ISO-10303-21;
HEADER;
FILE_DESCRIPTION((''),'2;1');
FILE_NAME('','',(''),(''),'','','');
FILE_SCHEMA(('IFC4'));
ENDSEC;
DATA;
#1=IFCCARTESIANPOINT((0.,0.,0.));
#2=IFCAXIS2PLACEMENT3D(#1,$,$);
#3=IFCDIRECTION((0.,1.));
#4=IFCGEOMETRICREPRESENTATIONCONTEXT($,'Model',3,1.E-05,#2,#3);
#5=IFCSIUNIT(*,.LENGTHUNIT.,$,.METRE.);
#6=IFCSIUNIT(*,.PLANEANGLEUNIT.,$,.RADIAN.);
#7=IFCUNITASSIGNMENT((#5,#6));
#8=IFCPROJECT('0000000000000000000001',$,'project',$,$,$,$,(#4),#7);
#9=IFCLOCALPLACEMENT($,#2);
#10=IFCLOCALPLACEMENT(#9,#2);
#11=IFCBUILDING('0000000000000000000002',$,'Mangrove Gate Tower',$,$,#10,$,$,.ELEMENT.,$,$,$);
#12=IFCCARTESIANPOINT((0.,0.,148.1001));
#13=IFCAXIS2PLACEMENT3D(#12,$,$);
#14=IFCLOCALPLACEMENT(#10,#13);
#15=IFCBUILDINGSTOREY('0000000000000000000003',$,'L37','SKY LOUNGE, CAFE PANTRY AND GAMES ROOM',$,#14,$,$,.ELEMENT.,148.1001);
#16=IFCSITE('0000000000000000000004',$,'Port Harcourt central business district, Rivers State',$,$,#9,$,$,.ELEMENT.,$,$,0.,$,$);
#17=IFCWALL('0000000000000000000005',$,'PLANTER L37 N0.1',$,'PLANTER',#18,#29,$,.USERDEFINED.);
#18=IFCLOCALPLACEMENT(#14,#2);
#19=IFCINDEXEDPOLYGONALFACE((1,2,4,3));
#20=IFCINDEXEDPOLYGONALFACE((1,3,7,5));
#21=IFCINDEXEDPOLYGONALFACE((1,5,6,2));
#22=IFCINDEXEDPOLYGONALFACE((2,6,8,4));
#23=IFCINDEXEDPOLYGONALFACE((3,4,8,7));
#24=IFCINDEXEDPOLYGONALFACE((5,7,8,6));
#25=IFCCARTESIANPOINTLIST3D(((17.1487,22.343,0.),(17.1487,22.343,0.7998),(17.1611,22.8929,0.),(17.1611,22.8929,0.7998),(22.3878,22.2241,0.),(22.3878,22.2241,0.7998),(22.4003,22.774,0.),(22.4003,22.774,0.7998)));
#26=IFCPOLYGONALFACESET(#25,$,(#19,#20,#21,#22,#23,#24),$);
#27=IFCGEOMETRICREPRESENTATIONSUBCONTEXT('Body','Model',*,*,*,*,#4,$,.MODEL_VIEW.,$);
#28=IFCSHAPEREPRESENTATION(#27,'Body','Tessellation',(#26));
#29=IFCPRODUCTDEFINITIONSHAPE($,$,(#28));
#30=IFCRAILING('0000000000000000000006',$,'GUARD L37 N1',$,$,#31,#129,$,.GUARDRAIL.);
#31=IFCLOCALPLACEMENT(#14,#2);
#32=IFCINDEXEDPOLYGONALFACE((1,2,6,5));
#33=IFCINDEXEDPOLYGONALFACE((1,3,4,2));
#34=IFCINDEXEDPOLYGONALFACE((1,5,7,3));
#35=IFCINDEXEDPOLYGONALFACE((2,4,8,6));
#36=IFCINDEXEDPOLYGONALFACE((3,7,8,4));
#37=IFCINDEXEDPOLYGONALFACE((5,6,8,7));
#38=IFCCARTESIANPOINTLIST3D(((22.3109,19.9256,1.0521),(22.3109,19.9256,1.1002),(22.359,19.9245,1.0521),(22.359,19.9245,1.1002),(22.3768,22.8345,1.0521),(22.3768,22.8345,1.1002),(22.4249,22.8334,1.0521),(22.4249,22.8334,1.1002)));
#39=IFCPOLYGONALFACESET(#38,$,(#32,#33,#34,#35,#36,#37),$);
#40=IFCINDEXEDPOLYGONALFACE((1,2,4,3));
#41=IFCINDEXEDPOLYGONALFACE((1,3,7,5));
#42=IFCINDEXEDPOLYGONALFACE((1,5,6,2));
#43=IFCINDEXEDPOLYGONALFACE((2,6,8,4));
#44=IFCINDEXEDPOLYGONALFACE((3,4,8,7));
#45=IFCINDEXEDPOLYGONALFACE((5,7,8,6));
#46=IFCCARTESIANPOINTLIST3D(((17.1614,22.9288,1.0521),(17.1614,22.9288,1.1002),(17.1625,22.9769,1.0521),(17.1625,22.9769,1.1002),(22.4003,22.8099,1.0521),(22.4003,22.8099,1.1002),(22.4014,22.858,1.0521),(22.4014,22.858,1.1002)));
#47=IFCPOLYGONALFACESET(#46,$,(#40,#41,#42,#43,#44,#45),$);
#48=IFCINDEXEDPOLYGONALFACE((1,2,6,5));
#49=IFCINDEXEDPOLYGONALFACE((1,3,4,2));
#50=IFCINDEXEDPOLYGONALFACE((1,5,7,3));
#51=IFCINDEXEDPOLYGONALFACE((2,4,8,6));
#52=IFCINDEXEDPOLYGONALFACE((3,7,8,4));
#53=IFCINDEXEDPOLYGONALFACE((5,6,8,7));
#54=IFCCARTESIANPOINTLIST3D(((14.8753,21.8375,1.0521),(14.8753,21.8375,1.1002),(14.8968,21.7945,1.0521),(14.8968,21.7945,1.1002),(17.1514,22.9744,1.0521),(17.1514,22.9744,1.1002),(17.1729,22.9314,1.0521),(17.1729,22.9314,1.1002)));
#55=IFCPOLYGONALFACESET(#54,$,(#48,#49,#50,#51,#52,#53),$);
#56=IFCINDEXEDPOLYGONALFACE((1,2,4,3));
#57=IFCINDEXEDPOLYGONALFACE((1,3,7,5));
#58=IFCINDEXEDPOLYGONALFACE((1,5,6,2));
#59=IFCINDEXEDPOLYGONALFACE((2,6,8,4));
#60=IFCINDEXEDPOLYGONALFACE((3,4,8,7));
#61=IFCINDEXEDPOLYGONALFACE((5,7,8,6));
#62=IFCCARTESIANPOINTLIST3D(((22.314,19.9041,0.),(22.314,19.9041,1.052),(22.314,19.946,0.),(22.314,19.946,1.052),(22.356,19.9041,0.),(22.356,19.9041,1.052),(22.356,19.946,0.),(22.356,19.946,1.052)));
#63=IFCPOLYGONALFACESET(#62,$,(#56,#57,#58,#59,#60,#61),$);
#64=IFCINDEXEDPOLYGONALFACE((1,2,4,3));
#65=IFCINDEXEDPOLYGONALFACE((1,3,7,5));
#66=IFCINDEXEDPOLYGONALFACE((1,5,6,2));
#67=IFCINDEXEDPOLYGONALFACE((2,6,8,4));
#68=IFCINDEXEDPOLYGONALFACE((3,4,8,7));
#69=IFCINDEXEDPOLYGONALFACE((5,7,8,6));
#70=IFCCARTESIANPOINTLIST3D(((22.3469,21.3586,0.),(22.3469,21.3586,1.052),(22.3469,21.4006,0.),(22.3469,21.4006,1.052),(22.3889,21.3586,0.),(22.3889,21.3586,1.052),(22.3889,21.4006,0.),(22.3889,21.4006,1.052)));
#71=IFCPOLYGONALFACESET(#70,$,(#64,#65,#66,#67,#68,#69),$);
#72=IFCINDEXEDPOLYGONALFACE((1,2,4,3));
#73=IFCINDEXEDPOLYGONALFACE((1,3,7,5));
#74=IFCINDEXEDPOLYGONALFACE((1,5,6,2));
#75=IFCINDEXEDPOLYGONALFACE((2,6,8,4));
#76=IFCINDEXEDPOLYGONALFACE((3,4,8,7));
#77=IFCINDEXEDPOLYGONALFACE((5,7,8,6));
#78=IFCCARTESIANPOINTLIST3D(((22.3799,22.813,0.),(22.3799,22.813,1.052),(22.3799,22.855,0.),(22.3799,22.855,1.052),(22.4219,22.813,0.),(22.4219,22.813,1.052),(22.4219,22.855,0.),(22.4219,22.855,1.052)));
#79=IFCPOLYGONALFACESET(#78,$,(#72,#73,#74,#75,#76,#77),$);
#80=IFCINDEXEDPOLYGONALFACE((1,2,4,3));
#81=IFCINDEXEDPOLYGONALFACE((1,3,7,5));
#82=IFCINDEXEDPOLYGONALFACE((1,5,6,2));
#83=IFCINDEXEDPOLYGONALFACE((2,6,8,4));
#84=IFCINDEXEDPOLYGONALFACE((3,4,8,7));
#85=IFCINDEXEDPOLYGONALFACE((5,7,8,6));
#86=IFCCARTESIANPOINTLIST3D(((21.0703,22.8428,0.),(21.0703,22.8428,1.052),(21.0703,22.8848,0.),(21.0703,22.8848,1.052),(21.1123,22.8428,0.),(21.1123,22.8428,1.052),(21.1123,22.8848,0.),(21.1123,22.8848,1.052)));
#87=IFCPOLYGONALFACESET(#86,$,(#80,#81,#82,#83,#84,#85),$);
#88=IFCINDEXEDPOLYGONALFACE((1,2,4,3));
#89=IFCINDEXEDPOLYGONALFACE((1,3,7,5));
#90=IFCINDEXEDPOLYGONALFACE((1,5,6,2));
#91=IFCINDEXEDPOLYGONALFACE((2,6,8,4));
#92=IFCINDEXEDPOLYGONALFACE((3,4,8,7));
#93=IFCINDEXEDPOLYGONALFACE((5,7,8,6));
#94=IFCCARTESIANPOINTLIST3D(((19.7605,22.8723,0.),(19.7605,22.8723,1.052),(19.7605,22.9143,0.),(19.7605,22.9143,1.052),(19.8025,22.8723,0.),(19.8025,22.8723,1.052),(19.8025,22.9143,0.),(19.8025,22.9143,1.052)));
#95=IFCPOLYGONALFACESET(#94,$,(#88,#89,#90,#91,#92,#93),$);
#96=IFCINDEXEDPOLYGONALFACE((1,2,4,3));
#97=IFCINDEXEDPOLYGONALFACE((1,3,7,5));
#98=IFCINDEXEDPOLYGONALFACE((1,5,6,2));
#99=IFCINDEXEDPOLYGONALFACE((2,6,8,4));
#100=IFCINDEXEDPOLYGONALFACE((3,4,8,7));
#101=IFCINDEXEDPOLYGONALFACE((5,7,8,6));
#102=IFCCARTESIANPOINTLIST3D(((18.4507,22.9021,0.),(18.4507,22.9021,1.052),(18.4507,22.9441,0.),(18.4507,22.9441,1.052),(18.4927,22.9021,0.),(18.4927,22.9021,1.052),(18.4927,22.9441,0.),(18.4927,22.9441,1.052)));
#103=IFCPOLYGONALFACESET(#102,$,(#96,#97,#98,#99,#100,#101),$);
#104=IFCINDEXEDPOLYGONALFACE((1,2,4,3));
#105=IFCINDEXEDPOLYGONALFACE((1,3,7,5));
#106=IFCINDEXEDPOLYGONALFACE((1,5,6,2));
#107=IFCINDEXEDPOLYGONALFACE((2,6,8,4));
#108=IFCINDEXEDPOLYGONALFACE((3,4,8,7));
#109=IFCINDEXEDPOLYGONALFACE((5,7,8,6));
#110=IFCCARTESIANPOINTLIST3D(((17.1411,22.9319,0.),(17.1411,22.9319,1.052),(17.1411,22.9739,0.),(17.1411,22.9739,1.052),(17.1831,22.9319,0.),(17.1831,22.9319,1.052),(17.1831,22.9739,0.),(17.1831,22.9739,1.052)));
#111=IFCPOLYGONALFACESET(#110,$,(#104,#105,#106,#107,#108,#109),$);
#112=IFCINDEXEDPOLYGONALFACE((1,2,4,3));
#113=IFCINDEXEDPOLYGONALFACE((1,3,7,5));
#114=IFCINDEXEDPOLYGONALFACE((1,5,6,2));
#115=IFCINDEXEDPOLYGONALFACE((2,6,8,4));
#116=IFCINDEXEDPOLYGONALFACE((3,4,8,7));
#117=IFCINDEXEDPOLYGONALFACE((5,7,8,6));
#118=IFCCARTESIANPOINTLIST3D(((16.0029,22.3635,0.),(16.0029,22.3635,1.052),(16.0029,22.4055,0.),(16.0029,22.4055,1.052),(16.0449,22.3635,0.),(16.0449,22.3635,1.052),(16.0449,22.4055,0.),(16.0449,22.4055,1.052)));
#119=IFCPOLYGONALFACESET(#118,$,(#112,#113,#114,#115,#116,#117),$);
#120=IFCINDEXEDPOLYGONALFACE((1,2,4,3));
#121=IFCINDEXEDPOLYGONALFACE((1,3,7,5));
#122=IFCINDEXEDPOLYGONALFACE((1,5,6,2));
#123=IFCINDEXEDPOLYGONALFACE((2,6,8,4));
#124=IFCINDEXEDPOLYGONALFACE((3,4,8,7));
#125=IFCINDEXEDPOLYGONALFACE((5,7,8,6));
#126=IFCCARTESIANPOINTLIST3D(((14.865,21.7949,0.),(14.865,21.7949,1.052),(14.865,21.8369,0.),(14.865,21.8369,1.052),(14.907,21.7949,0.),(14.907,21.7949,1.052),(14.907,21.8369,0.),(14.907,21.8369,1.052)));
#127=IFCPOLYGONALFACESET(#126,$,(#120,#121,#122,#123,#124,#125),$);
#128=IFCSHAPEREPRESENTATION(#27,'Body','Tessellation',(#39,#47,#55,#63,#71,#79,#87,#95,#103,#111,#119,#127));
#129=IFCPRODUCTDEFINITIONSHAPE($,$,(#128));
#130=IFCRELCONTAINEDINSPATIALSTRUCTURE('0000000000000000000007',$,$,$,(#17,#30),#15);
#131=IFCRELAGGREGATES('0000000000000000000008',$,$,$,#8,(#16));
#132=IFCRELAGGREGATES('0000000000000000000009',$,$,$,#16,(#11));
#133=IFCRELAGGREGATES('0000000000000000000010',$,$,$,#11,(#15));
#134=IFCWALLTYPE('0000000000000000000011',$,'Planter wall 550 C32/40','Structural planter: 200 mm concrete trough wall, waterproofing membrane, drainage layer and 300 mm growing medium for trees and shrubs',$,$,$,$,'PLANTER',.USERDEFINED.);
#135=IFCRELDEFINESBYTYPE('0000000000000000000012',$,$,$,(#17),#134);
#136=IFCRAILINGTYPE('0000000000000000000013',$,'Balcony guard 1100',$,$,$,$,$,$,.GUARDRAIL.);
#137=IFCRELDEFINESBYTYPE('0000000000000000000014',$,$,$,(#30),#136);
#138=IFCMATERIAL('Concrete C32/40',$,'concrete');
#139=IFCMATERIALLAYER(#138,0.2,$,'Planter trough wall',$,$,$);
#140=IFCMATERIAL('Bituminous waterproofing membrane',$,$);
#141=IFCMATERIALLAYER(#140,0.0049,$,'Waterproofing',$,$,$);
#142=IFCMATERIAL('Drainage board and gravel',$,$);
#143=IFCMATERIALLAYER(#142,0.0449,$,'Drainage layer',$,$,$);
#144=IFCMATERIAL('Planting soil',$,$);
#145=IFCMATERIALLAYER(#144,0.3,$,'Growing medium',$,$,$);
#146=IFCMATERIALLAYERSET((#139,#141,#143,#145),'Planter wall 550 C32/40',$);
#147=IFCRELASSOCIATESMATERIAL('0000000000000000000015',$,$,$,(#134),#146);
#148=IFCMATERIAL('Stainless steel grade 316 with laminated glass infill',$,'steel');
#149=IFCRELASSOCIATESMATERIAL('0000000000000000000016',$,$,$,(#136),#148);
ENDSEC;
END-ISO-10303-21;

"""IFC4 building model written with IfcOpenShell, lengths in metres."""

from ifc_helpers import new_model, si_unit, direction, frame, frame_2d, origin, origin_2d, place, context, subcontext, project, spatial, rectangle, extrude, material, layer, layer_set, type_object, element, save


model = new_model("IFC4")

# Units and contexts
model_context = context("Model", 3, precision=1e-05, world=origin(), true_north=direction((0.0, 1.0)))
body_context = subcontext(model_context, "Body", "Model", "MODEL_VIEW")
ifc_project = project(units=[si_unit("LENGTHUNIT", "METRE"), si_unit("PLANEANGLEUNIT", "RADIAN")], contexts=[model_context])

# Site, building, storey
site_placement = place(None, origin())
site = spatial("IfcSite", under=ifc_project, at=site_placement, Name="Port Harcourt central business district, Rivers State", CompositionType="ELEMENT", RefElevation=0.0)
building_placement = place(site_placement, origin())
building = spatial("IfcBuilding", under=site, at=building_placement, Name="Mangrove Gate Tower", CompositionType="ELEMENT")
storey_placement = place(building_placement, frame((0.0, 0.0, 148.1001)))
storey = spatial("IfcBuildingStorey", under=building, at=storey_placement, Name="L37", Description="SKY LOUNGE, CAFE PANTRY AND GAMES ROOM", CompositionType="ELEMENT", Elevation=148.1001)

# Wall
ifc_material_1 = material(Name="Concrete C32/40", Category="concrete")
ifc_layer_1 = layer(ifc_material_1, 0.2, Name="Planter trough wall")
ifc_material_2 = material(Name="Bituminous waterproofing membrane")
ifc_layer_2 = layer(ifc_material_2, 0.0049, Name="Waterproofing")
ifc_material_3 = material(Name="Drainage board and gravel")
ifc_layer_3 = layer(ifc_material_3, 0.0449, Name="Drainage layer")
ifc_material_4 = material(Name="Planting soil")
ifc_layer_4 = layer(ifc_material_4, 0.3, Name="Growing medium")
ifc_layer_set_1 = layer_set([ifc_layer_1, ifc_layer_2, ifc_layer_3, ifc_layer_4], Name="Planter wall 550 C32/40")
wall_type_1 = type_object("IfcWallType", Name="Planter wall 550 C32/40", Description="Structural planter: 200 mm concrete trough wall, waterproofing membrane, drainage layer and 300 mm growing medium for trees and shrubs", ElementType="PLANTER", PredefinedType="USERDEFINED", material=ifc_layer_set_1)
wall_1_placement = place(storey_placement, frame((17.155, 22.6179, 0.0), z_axis=(0.0, 0.0, 1.0), x_axis=(0.999743, -0.022689, 0.0)))
element("IfcWall", 1, at=wall_1_placement, inside=storey, type_object=wall_type_1, Name="PLANTER L37 N0.1", ObjectType="PLANTER", PredefinedType="USERDEFINED", context=body_context, shape_type="SweptSolid", body=[
    extrude(rectangle(XDim=5.2405, YDim=0.55, at=frame_2d((2.6201, 0.0))), origin(), (0.0, 0.0, 1.0), 0.7998),
])

# Railing
ifc_material_5 = material(Name="Stainless steel grade 316 with laminated glass infill", Category="steel")
railing_type = type_object("IfcRailingType", Name="Balcony guard 1100", PredefinedType="GUARDRAIL", material=ifc_material_5)
railing_1_placement = place(storey_placement, frame((22.335, 19.925, 0.0)))
element("IfcRailing", 2, at=railing_1_placement, inside=storey, type_object=railing_type, Name="GUARD L37 N1", PredefinedType="GUARDRAIL", context=body_context, shape_type="SweptSolid", body=[
    extrude(rectangle(XDim=0.0481, YDim=0.0481, at=origin_2d()), frame((0.0, 0.0, 1.0762), z_axis=(0.022655, 0.999743, 0.0), x_axis=(-0.999743, 0.022655, 0.0)), (0.0, 0.0, 1.0), 2.9097),
    extrude(rectangle(XDim=0.0481, YDim=0.0481, at=origin_2d()), frame((0.0659, 2.9089, 1.0762), z_axis=(-0.999743, 0.02269, 0.0), x_axis=(-0.02269, -0.999743, 0.0)), (0.0, 0.0, 1.0), 5.2402),
    extrude(rectangle(XDim=0.0481, YDim=0.0481, at=origin_2d()), frame((-5.1729, 3.0278, 1.0762), z_axis=(-0.8946, -0.446868, 0.0), x_axis=(0.446868, -0.8946, 0.0)), (0.0, 0.0, 1.0), 2.5442),
    extrude(rectangle(XDim=0.042, YDim=0.042, at=origin_2d()), origin(), (0.0, 0.0, 1.0), 1.052),
    extrude(rectangle(XDim=0.042, YDim=0.042, at=origin_2d()), frame((0.033, 1.4546, 0.0)), (0.0, 0.0, 1.0), 1.052),
    extrude(rectangle(XDim=0.042, YDim=0.042, at=origin_2d()), frame((0.0659, 2.9089, 0.0)), (0.0, 0.0, 1.0), 1.052),
    extrude(rectangle(XDim=0.042, YDim=0.042, at=origin_2d()), frame((-1.2437, 2.9387, 0.0)), (0.0, 0.0, 1.0), 1.052),
    extrude(rectangle(XDim=0.042, YDim=0.042, at=origin_2d()), frame((-2.5535, 2.9683, 0.0)), (0.0, 0.0, 1.0), 1.052),
    extrude(rectangle(XDim=0.042, YDim=0.042, at=origin_2d()), frame((-3.8633, 2.998, 0.0)), (0.0, 0.0, 1.0), 1.052),
    extrude(rectangle(XDim=0.042, YDim=0.042, at=origin_2d()), frame((-5.1729, 3.0278, 0.0)), (0.0, 0.0, 1.0), 1.052),
    extrude(rectangle(XDim=0.042, YDim=0.042, at=origin_2d()), frame((-6.311, 2.4595, 0.0)), (0.0, 0.0, 1.0), 1.052),
    extrude(rectangle(XDim=0.042, YDim=0.042, at=origin_2d()), frame((-7.449, 1.8909, 0.0)), (0.0, 0.0, 1.0), 1.052),
])

save(model, "model.ifc")
